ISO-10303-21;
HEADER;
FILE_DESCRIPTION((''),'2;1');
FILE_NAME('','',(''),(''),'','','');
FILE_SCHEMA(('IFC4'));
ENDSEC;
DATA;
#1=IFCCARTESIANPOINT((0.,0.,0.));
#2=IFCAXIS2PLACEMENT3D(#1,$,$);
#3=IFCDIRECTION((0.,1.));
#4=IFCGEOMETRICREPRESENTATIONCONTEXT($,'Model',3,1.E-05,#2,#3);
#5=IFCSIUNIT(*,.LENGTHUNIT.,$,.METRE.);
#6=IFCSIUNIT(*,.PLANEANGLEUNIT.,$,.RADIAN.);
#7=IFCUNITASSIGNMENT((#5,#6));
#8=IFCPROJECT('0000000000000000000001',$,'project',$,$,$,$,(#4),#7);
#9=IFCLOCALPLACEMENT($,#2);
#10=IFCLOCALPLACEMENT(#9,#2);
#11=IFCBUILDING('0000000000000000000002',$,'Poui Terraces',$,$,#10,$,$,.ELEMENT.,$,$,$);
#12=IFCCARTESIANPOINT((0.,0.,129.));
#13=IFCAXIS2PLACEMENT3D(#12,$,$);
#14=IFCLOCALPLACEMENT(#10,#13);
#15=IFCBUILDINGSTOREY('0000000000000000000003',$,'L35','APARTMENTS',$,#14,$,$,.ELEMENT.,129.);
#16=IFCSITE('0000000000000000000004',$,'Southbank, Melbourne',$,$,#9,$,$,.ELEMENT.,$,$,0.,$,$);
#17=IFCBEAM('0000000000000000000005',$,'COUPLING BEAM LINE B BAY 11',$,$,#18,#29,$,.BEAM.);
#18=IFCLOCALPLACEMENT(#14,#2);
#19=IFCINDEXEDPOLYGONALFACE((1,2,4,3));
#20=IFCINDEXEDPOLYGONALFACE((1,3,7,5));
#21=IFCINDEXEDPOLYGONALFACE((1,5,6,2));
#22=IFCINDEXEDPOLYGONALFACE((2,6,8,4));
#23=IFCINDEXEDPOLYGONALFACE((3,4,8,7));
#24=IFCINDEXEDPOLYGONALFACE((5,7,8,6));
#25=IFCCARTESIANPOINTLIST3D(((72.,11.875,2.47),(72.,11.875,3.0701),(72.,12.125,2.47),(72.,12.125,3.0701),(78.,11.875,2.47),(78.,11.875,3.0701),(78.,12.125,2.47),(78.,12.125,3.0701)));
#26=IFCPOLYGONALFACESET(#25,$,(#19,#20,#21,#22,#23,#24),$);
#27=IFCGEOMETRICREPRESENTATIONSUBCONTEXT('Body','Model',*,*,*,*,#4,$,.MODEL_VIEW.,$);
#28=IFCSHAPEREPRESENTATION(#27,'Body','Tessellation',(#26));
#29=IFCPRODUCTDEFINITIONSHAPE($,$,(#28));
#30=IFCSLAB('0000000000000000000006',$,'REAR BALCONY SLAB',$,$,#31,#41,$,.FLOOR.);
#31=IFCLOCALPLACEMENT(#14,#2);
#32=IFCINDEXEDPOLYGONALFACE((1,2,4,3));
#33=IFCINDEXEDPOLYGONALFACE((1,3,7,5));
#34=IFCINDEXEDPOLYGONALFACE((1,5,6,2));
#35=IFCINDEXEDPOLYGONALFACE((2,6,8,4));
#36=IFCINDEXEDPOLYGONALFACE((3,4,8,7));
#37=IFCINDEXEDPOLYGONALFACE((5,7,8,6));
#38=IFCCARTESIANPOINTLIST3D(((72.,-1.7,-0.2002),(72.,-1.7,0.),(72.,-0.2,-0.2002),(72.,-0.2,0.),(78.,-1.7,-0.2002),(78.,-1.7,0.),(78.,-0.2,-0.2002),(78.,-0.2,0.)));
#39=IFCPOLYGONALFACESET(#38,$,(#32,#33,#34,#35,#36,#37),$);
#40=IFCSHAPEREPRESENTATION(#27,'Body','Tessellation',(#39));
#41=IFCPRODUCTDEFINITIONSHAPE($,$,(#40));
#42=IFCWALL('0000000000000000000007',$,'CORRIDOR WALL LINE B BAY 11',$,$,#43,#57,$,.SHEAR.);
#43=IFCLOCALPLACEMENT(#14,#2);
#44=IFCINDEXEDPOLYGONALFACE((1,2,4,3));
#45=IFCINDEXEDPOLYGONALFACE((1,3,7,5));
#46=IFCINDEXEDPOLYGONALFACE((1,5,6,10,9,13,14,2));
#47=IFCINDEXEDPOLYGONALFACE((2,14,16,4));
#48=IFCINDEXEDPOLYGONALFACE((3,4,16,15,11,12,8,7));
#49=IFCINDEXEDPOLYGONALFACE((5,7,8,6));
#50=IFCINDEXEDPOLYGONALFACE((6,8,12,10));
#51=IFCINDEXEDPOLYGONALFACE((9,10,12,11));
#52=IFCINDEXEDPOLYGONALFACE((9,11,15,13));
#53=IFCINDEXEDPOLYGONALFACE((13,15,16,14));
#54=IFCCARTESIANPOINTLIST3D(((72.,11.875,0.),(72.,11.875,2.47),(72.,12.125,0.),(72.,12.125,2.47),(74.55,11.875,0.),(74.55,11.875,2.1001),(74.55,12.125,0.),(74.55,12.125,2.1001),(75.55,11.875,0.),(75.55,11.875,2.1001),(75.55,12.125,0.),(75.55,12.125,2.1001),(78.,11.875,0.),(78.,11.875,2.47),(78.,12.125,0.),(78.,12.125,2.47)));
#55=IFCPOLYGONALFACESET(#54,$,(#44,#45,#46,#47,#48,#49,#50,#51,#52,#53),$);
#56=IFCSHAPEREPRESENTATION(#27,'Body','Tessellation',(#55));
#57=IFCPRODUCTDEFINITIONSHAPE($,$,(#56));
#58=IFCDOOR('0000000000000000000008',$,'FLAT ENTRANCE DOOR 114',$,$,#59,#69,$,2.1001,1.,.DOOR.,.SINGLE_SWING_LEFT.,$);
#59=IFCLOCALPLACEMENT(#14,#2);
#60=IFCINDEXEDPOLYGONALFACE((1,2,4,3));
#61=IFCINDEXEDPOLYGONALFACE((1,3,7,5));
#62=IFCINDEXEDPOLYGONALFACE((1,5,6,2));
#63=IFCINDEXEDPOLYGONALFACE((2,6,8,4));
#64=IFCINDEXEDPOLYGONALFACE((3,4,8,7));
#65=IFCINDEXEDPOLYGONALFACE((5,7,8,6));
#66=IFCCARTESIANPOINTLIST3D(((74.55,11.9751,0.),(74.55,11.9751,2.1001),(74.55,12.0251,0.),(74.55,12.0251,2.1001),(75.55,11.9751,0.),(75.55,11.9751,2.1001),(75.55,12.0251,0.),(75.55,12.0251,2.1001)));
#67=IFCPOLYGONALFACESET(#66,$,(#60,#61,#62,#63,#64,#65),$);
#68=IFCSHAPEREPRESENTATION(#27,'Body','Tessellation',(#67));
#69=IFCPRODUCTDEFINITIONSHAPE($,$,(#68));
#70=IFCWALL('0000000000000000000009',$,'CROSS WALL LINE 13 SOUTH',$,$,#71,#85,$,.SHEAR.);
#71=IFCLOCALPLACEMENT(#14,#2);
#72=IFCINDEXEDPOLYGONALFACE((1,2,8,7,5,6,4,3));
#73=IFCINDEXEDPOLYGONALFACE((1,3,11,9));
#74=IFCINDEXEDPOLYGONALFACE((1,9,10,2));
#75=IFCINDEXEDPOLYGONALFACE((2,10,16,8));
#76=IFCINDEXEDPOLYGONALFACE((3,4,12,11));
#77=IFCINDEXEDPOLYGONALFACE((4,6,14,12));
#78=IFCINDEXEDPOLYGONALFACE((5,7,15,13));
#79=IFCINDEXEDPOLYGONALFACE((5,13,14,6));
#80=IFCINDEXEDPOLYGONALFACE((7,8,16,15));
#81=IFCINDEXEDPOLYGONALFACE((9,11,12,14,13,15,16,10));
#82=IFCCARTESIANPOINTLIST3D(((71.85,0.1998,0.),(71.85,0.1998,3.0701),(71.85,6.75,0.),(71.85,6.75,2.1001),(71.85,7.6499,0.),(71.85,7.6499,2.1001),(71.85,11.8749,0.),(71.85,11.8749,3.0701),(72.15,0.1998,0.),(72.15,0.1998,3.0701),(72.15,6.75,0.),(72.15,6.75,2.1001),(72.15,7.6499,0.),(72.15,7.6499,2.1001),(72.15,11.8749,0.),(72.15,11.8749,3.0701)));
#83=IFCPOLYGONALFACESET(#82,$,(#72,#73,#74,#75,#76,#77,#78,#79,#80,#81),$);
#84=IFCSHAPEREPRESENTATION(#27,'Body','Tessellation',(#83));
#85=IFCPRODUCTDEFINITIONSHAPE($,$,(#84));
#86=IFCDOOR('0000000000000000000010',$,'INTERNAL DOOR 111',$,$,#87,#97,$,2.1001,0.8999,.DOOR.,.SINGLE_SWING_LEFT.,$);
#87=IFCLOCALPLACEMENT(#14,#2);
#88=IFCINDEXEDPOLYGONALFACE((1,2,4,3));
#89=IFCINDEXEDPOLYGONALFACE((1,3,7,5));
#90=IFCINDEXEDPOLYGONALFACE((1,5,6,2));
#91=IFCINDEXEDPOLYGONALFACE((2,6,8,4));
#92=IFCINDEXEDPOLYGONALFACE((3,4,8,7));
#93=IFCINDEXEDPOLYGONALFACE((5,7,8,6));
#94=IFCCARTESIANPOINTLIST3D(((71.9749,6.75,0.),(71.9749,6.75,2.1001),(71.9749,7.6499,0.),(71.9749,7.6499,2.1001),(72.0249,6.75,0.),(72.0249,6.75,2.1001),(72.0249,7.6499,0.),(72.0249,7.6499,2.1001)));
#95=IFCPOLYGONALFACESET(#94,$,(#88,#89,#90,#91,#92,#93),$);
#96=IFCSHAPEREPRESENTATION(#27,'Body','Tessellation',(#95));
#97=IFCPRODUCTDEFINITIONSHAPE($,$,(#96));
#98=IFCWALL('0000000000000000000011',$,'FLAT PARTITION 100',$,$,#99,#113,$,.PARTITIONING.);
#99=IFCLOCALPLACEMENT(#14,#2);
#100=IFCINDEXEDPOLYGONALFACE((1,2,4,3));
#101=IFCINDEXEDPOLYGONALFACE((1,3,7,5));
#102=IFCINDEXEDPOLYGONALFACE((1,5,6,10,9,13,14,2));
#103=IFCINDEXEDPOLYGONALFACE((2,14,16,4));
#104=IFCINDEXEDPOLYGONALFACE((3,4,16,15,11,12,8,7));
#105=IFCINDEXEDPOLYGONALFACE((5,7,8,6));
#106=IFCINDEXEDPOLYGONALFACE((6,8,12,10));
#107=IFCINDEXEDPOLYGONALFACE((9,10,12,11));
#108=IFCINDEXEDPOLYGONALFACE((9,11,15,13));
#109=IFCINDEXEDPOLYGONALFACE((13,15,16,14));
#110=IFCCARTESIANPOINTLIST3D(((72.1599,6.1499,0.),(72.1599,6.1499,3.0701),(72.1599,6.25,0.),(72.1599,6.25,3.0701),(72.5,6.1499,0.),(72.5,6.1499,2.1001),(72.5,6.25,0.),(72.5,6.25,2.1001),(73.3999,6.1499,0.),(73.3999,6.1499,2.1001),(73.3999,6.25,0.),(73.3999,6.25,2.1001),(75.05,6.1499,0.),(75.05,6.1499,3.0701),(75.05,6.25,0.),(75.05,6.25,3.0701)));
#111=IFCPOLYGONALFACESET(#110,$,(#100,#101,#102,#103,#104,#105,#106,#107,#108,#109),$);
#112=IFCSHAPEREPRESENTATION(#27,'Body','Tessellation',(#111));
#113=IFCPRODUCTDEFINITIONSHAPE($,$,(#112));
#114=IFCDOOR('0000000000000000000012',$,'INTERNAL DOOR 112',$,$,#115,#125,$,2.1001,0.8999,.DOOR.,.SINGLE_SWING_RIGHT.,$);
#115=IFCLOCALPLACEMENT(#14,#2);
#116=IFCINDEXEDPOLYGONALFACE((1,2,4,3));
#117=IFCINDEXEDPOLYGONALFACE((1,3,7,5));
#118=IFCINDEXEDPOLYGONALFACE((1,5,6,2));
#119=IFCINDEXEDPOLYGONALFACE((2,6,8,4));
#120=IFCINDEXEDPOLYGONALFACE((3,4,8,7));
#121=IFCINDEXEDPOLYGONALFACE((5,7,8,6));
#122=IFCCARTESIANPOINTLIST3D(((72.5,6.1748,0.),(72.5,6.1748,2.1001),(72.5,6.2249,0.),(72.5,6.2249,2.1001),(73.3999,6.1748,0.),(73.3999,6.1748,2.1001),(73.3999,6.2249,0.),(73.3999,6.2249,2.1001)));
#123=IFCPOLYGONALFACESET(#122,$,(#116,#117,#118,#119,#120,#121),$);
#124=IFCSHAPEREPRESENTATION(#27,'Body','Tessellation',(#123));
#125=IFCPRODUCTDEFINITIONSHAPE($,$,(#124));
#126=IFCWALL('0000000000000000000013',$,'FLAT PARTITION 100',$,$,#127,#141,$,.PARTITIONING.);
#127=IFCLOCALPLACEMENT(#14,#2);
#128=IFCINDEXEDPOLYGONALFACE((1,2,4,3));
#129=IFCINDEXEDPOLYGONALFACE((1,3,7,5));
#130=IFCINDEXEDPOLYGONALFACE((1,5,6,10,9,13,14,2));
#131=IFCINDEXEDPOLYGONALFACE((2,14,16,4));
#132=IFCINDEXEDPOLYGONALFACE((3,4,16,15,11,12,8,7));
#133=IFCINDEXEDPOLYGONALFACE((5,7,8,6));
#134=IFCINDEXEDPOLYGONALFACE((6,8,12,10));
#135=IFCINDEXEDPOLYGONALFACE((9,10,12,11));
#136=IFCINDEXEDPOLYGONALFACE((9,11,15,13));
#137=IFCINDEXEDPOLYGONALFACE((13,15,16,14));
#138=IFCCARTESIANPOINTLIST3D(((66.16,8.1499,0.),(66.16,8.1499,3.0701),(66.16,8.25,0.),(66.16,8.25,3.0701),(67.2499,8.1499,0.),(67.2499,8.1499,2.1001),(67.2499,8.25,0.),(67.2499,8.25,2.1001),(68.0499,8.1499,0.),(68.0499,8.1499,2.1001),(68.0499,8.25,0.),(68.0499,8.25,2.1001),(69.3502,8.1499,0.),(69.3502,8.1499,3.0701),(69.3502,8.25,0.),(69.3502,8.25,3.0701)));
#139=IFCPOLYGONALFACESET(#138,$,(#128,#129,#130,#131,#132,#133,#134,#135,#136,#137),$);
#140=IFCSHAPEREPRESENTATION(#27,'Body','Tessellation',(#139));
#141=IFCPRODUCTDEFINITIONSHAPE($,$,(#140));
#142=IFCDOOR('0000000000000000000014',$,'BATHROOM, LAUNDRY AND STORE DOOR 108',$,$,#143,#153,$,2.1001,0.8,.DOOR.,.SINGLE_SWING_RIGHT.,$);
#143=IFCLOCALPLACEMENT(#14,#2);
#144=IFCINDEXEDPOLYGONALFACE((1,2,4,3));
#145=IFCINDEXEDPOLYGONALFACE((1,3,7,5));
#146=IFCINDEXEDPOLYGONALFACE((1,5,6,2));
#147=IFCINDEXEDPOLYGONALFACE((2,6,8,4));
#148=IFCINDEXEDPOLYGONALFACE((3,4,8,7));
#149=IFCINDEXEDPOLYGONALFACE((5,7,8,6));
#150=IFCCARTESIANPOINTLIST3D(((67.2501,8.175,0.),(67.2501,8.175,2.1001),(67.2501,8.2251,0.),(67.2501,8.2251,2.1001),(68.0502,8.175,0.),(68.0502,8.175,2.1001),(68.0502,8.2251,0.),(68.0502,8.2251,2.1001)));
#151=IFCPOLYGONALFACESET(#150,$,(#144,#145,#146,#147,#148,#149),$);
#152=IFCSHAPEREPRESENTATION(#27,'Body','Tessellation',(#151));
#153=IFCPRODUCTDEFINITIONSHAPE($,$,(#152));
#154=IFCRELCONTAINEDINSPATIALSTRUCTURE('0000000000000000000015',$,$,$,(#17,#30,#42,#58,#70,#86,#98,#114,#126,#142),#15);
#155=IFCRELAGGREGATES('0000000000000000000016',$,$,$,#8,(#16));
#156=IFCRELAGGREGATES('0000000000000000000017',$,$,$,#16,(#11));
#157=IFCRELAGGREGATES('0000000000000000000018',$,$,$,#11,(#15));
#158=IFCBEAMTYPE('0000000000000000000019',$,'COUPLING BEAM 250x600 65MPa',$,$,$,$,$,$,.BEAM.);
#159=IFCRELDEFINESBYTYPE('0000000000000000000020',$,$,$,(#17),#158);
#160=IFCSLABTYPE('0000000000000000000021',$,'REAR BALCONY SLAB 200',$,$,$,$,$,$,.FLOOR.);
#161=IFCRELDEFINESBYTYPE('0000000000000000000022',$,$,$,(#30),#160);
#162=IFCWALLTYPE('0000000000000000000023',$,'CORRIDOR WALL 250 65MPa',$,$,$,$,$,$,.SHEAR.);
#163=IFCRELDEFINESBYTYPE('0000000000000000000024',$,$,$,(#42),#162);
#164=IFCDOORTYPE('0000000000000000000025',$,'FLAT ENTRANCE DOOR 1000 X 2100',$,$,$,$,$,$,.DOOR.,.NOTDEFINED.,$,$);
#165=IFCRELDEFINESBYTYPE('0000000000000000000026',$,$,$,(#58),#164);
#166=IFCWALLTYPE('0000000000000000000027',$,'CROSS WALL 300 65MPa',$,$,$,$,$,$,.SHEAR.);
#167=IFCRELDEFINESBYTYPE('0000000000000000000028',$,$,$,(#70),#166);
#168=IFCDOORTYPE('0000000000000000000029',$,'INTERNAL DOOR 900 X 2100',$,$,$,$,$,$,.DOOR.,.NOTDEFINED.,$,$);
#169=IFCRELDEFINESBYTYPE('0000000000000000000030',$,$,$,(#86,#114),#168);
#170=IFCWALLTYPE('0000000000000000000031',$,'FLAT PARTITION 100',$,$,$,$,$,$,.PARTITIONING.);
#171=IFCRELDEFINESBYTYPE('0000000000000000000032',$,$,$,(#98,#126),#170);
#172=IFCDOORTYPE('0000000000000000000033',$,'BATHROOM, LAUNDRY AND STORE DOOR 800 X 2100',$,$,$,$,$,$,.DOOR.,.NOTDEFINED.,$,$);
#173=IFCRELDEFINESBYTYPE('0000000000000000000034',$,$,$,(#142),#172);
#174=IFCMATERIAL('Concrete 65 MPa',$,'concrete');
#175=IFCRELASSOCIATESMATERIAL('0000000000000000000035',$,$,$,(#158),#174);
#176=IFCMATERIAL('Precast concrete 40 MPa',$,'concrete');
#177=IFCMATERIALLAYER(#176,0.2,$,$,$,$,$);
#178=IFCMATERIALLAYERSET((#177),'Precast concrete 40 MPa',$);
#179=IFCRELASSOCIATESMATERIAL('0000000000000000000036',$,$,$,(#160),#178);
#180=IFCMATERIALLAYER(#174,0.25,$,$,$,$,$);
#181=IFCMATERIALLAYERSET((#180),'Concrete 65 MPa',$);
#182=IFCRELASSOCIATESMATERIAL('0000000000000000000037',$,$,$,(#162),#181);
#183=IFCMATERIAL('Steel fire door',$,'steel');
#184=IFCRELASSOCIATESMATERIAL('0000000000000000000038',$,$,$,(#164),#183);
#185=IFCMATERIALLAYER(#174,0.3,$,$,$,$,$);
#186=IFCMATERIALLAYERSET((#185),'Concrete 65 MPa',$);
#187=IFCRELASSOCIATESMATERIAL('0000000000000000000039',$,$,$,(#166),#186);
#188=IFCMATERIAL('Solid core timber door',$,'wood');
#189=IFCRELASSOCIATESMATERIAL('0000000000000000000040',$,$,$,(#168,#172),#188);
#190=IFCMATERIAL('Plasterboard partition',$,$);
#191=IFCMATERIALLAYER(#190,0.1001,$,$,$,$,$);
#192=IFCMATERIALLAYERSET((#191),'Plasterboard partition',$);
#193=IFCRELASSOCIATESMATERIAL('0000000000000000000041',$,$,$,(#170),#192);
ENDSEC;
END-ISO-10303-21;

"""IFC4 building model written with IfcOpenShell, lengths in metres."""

from ifc_helpers import new_model, si_unit, direction, frame, frame_2d, origin, origin_2d, place, context, subcontext, project, spatial, polyline, rectangle, outline, extrude, source, transform, mapped, material, layer, layer_set, material_profile, profile_set, type_object, element, fill, save


model = new_model("IFC4")

# Units and contexts
model_context = context("Model", 3, precision=1e-05, world=origin(), true_north=direction((0.0, 1.0)))
body_context = subcontext(model_context, "Body", "Model", "MODEL_VIEW")
ifc_project = project(units=[si_unit("LENGTHUNIT", "METRE"), si_unit("PLANEANGLEUNIT", "RADIAN")], contexts=[model_context])

# Site, building, storey
site_placement = place(None, origin())
site = spatial("IfcSite", under=ifc_project, at=site_placement, Name="Southbank, Melbourne", CompositionType="ELEMENT", RefElevation=0.0)
building_placement = place(site_placement, origin())
building = spatial("IfcBuilding", under=site, at=building_placement, Name="Poui Terraces", CompositionType="ELEMENT")
storey_placement = place(building_placement, frame((0.0, 0.0, 129.0)))
storey = spatial("IfcBuildingStorey", under=building, at=storey_placement, Name="L35", Description="APARTMENTS", CompositionType="ELEMENT", Elevation=129.0)

# Beam
ifc_material_1 = material(Name="Concrete 65 MPa", Category="concrete")
ifc_material_profile_1 = material_profile(ifc_material_1, rectangle(XDim=0.25, YDim=0.6001, at=origin_2d()), Name="RC 250x600")
ifc_profile_set_1 = profile_set([ifc_material_profile_1], Name="Concrete 65 MPa")
beam_type = type_object("IfcBeamType", Name="COUPLING BEAM 250x600 65MPa", PredefinedType="BEAM", material=ifc_profile_set_1)
shared_shape_1 = source(origin(), body_context, "Body", "SweptSolid", [
    extrude(rectangle(XDim=0.25, YDim=0.6001, at=origin_2d()), origin(), (0.0, 0.0, 1.0), 6.0),
])
beam_placement = place(storey_placement, frame((72.0, 12.0, 2.77), z_axis=(1.0, 0.0, 0.0), x_axis=(0.0, 1.0, 0.0)))
element("IfcBeam", 1, at=beam_placement, inside=storey, type_object=beam_type, Name="COUPLING BEAM LINE B BAY 11", PredefinedType="BEAM", context=body_context, shape_type="MappedRepresentation", body=[
    mapped(shared_shape_1, transform((0.0, 0.0, 0.0))),
])

# Slab
ifc_material_2 = material(Name="Precast concrete 40 MPa", Category="concrete")
ifc_layer_1 = layer(ifc_material_2, 0.2)
ifc_layer_set_1 = layer_set([ifc_layer_1], Name="Precast concrete 40 MPa")
slab_type = type_object("IfcSlabType", Name="REAR BALCONY SLAB 200", PredefinedType="FLOOR", material=ifc_layer_set_1)
shared_shape_2 = source(origin(), body_context, "Body", "SweptSolid", [
    extrude(outline(polyline([(0.0, 0.0), (6.0, 0.0), (6.0, 1.5), (0.0, 1.5), (0.0, 0.0)])), origin(), (0.0, 0.0, 1.0), 0.2002),
])
slab_placement = place(storey_placement, frame((72.0, -1.7, -0.2002)))
element("IfcSlab", 2, at=slab_placement, inside=storey, type_object=slab_type, Name="REAR BALCONY SLAB", PredefinedType="FLOOR", context=body_context, shape_type="MappedRepresentation", body=[
    mapped(shared_shape_2, transform((0.0, 0.0, 0.0))),
])

# Walls, openings, doors
ifc_layer_2 = layer(ifc_material_1, 0.25)
ifc_layer_set_2 = layer_set([ifc_layer_2], Name="Concrete 65 MPa")
wall_type_1 = type_object("IfcWallType", Name="CORRIDOR WALL 250 65MPa", PredefinedType="SHEAR", material=ifc_layer_set_2)
wall_1_placement = place(storey_placement, frame((72.0, 12.0, 0.0), z_axis=(0.0, 0.0, 1.0), x_axis=(1.0, 0.0, 0.0)))
wall_1 = element("IfcWall", 3, at=wall_1_placement, inside=storey, type_object=wall_type_1, Name="CORRIDOR WALL LINE B BAY 11", PredefinedType="SHEAR", context=body_context, shape_type="SweptSolid", body=[
    extrude(rectangle(XDim=6.0, YDim=0.25, at=frame_2d((3.0, 0.0))), origin(), (0.0, 0.0, 1.0), 2.47),
])
opening_1_placement = place(wall_1_placement, frame((2.55, 0.0, 0.0)))
opening_1 = element("IfcOpeningElement", 4, at=opening_1_placement, cuts=wall_1, PredefinedType="OPENING", context=body_context, shape_type="SweptSolid", body=[
    extrude(rectangle(XDim=1.0, YDim=2.1001, at=frame_2d((0.5, 1.05))), frame((0.0, 0.135, 0.0), z_axis=(0.0, -1.0, 0.0), x_axis=(1.0, 0.0, 0.0)), (0.0, 0.0, 1.0), 0.27),
])
ifc_material_3 = material(Name="Steel fire door", Category="steel")
door_type_1 = type_object("IfcDoorType", Name="FLAT ENTRANCE DOOR 1000 X 2100", OperationType="NOTDEFINED", PredefinedType="DOOR", material=ifc_material_3)
door_1_placement = place(opening_1_placement, frame((1.0, 0.0, 0.0), z_axis=(0.0, 0.0, 1.0), x_axis=(-1.0, 0.0, 0.0)))
door_1 = element("IfcDoor", 5, at=door_1_placement, inside=storey, type_object=door_type_1, Name="FLAT ENTRANCE DOOR 114", OperationType="SINGLE_SWING_LEFT", OverallHeight=2.1001, OverallWidth=1.0, PredefinedType="DOOR", context=body_context, shape_type="SweptSolid", body=[
    extrude(rectangle(XDim=1.0, YDim=2.1001, at=frame_2d((0.5, 1.05))), frame((0.0, 0.0249, 0.0), z_axis=(0.0, -1.0, 0.0), x_axis=(1.0, 0.0, 0.0)), (0.0, 0.0, 1.0), 0.05),
])
fill(opening_1, door_1)
ifc_layer_3 = layer(ifc_material_1, 0.3)
ifc_layer_set_3 = layer_set([ifc_layer_3], Name="Concrete 65 MPa")
wall_type_2 = type_object("IfcWallType", Name="CROSS WALL 300 65MPa", PredefinedType="SHEAR", material=ifc_layer_set_3)
wall_2_placement = place(storey_placement, frame((72.0, 0.2, 0.0), z_axis=(0.0, 0.0, 1.0), x_axis=(0.0, 1.0, 0.0)))
wall_2 = element("IfcWall", 6, at=wall_2_placement, inside=storey, type_object=wall_type_2, Name="CROSS WALL LINE 13 SOUTH", PredefinedType="SHEAR", context=body_context, shape_type="SweptSolid", body=[
    extrude(rectangle(XDim=11.675, YDim=0.3, at=frame_2d((5.8374, 0.0))), origin(), (0.0, 0.0, 1.0), 3.0701),
])
opening_2_placement = place(wall_2_placement, frame((6.55, 0.0, 0.0)))
opening_2 = element("IfcOpeningElement", 7, at=opening_2_placement, cuts=wall_2, PredefinedType="OPENING", context=body_context, shape_type="SweptSolid", body=[
    extrude(rectangle(XDim=0.8999, YDim=2.1001, at=frame_2d((0.45, 1.05))), frame((0.0, 0.1602, 0.0), z_axis=(0.0, -1.0, 0.0), x_axis=(1.0, 0.0, 0.0)), (0.0, 0.0, 1.0), 0.3201),
])
ifc_material_4 = material(Name="Solid core timber door", Category="wood")
door_type_2 = type_object("IfcDoorType", Name="INTERNAL DOOR 900 X 2100", OperationType="NOTDEFINED", PredefinedType="DOOR", material=ifc_material_4)
door_2_placement = place(opening_2_placement, frame((0.8999, 0.0, 0.0), z_axis=(0.0, 0.0, 1.0), x_axis=(-1.0, 0.0, 0.0)))
door_2 = element("IfcDoor", 8, at=door_2_placement, inside=storey, type_object=door_type_2, Name="INTERNAL DOOR 111", OperationType="SINGLE_SWING_LEFT", OverallHeight=2.1001, OverallWidth=0.8999, PredefinedType="DOOR", context=body_context, shape_type="SweptSolid", body=[
    extrude(rectangle(XDim=0.8999, YDim=2.1001, at=frame_2d((0.45, 1.05))), frame((0.0, 0.0249, 0.0), z_axis=(0.0, -1.0, 0.0), x_axis=(1.0, 0.0, 0.0)), (0.0, 0.0, 1.0), 0.05),
])
fill(opening_2, door_2)
ifc_material_5 = material(Name="Plasterboard partition")
ifc_layer_4 = layer(ifc_material_5, 0.1001)
ifc_layer_set_4 = layer_set([ifc_layer_4], Name="Plasterboard partition")
wall_type_3 = type_object("IfcWallType", Name="FLAT PARTITION 100", PredefinedType="PARTITIONING", material=ifc_layer_set_4)
wall_3_placement = place(storey_placement, frame((72.1599, 6.2, 0.0), z_axis=(0.0, 0.0, 1.0), x_axis=(1.0, 0.0, 0.0)))
wall_3 = element("IfcWall", 9, at=wall_3_placement, inside=storey, type_object=wall_type_3, Name="FLAT PARTITION 100", PredefinedType="PARTITIONING", context=body_context, shape_type="SweptSolid", body=[
    extrude(rectangle(XDim=2.8901, YDim=0.1001, at=frame_2d((1.4451, 0.0))), origin(), (0.0, 0.0, 1.0), 3.0701),
])
opening_3_placement = place(wall_3_placement, frame((0.3401, 0.0, 0.0)))
opening_3 = element("IfcOpeningElement", 10, at=opening_3_placement, cuts=wall_3, PredefinedType="OPENING", context=body_context, shape_type="SweptSolid", body=[
    extrude(rectangle(XDim=0.8999, YDim=2.1001, at=frame_2d((0.45, 1.05))), frame((0.0, 0.0601, 0.0), z_axis=(0.0, -1.0, 0.0), x_axis=(1.0, 0.0, 0.0)), (0.0, 0.0, 1.0), 0.1201),
])
door_3_placement = place(opening_3_placement, origin())
door_3 = element("IfcDoor", 11, at=door_3_placement, inside=storey, type_object=door_type_2, Name="INTERNAL DOOR 112", OperationType="SINGLE_SWING_RIGHT", OverallHeight=2.1001, OverallWidth=0.8999, PredefinedType="DOOR", context=body_context, shape_type="SweptSolid", body=[
    extrude(rectangle(XDim=0.8999, YDim=2.1001, at=frame_2d((0.45, 1.05))), frame((0.0, 0.0249, 0.0), z_axis=(0.0, -1.0, 0.0), x_axis=(1.0, 0.0, 0.0)), (0.0, 0.0, 1.0), 0.05),
])
fill(opening_3, door_3)
wall_4_placement = place(storey_placement, frame((66.1599, 8.2, 0.0), z_axis=(0.0, 0.0, 1.0), x_axis=(1.0, 0.0, 0.0)))
wall_4 = element("IfcWall", 12, at=wall_4_placement, inside=storey, type_object=wall_type_3, Name="FLAT PARTITION 100", PredefinedType="PARTITIONING", context=body_context, shape_type="SweptSolid", body=[
    extrude(rectangle(XDim=3.1902, YDim=0.1001, at=frame_2d((1.5952, 0.0))), origin(), (0.0, 0.0, 1.0), 3.0701),
])
opening_4_placement = place(wall_4_placement, frame((1.0901, 0.0, 0.0)))
opening_4 = element("IfcOpeningElement", 13, at=opening_4_placement, cuts=wall_4, PredefinedType="OPENING", context=body_context, shape_type="SweptSolid", body=[
    extrude(rectangle(XDim=0.8, YDim=2.1001, at=frame_2d((0.3999, 1.05))), frame((0.0, 0.0601, 0.0), z_axis=(0.0, -1.0, 0.0), x_axis=(1.0, 0.0, 0.0)), (0.0, 0.0, 1.0), 0.1201),
])
door_type_3 = type_object("IfcDoorType", Name="BATHROOM, LAUNDRY AND STORE DOOR 800 X 2100", OperationType="NOTDEFINED", PredefinedType="DOOR", material=ifc_material_4)
door_4_placement = place(opening_4_placement, frame((0.8, 0.0, 0.0), z_axis=(0.0, 0.0, 1.0), x_axis=(-1.0, 0.0, 0.0)))
door_4 = element("IfcDoor", 14, at=door_4_placement, inside=storey, type_object=door_type_3, Name="BATHROOM, LAUNDRY AND STORE DOOR 108", OperationType="SINGLE_SWING_RIGHT", OverallHeight=2.1001, OverallWidth=0.8, PredefinedType="DOOR", context=body_context, shape_type="SweptSolid", body=[
    extrude(rectangle(XDim=0.8, YDim=2.1001, at=frame_2d((0.3999, 1.05))), frame((0.0, 0.0249, 0.0), z_axis=(0.0, -1.0, 0.0), x_axis=(1.0, 0.0, 0.0)), (0.0, 0.0, 1.0), 0.05),
])
fill(opening_4, door_4)

save(model, "model.ifc")
